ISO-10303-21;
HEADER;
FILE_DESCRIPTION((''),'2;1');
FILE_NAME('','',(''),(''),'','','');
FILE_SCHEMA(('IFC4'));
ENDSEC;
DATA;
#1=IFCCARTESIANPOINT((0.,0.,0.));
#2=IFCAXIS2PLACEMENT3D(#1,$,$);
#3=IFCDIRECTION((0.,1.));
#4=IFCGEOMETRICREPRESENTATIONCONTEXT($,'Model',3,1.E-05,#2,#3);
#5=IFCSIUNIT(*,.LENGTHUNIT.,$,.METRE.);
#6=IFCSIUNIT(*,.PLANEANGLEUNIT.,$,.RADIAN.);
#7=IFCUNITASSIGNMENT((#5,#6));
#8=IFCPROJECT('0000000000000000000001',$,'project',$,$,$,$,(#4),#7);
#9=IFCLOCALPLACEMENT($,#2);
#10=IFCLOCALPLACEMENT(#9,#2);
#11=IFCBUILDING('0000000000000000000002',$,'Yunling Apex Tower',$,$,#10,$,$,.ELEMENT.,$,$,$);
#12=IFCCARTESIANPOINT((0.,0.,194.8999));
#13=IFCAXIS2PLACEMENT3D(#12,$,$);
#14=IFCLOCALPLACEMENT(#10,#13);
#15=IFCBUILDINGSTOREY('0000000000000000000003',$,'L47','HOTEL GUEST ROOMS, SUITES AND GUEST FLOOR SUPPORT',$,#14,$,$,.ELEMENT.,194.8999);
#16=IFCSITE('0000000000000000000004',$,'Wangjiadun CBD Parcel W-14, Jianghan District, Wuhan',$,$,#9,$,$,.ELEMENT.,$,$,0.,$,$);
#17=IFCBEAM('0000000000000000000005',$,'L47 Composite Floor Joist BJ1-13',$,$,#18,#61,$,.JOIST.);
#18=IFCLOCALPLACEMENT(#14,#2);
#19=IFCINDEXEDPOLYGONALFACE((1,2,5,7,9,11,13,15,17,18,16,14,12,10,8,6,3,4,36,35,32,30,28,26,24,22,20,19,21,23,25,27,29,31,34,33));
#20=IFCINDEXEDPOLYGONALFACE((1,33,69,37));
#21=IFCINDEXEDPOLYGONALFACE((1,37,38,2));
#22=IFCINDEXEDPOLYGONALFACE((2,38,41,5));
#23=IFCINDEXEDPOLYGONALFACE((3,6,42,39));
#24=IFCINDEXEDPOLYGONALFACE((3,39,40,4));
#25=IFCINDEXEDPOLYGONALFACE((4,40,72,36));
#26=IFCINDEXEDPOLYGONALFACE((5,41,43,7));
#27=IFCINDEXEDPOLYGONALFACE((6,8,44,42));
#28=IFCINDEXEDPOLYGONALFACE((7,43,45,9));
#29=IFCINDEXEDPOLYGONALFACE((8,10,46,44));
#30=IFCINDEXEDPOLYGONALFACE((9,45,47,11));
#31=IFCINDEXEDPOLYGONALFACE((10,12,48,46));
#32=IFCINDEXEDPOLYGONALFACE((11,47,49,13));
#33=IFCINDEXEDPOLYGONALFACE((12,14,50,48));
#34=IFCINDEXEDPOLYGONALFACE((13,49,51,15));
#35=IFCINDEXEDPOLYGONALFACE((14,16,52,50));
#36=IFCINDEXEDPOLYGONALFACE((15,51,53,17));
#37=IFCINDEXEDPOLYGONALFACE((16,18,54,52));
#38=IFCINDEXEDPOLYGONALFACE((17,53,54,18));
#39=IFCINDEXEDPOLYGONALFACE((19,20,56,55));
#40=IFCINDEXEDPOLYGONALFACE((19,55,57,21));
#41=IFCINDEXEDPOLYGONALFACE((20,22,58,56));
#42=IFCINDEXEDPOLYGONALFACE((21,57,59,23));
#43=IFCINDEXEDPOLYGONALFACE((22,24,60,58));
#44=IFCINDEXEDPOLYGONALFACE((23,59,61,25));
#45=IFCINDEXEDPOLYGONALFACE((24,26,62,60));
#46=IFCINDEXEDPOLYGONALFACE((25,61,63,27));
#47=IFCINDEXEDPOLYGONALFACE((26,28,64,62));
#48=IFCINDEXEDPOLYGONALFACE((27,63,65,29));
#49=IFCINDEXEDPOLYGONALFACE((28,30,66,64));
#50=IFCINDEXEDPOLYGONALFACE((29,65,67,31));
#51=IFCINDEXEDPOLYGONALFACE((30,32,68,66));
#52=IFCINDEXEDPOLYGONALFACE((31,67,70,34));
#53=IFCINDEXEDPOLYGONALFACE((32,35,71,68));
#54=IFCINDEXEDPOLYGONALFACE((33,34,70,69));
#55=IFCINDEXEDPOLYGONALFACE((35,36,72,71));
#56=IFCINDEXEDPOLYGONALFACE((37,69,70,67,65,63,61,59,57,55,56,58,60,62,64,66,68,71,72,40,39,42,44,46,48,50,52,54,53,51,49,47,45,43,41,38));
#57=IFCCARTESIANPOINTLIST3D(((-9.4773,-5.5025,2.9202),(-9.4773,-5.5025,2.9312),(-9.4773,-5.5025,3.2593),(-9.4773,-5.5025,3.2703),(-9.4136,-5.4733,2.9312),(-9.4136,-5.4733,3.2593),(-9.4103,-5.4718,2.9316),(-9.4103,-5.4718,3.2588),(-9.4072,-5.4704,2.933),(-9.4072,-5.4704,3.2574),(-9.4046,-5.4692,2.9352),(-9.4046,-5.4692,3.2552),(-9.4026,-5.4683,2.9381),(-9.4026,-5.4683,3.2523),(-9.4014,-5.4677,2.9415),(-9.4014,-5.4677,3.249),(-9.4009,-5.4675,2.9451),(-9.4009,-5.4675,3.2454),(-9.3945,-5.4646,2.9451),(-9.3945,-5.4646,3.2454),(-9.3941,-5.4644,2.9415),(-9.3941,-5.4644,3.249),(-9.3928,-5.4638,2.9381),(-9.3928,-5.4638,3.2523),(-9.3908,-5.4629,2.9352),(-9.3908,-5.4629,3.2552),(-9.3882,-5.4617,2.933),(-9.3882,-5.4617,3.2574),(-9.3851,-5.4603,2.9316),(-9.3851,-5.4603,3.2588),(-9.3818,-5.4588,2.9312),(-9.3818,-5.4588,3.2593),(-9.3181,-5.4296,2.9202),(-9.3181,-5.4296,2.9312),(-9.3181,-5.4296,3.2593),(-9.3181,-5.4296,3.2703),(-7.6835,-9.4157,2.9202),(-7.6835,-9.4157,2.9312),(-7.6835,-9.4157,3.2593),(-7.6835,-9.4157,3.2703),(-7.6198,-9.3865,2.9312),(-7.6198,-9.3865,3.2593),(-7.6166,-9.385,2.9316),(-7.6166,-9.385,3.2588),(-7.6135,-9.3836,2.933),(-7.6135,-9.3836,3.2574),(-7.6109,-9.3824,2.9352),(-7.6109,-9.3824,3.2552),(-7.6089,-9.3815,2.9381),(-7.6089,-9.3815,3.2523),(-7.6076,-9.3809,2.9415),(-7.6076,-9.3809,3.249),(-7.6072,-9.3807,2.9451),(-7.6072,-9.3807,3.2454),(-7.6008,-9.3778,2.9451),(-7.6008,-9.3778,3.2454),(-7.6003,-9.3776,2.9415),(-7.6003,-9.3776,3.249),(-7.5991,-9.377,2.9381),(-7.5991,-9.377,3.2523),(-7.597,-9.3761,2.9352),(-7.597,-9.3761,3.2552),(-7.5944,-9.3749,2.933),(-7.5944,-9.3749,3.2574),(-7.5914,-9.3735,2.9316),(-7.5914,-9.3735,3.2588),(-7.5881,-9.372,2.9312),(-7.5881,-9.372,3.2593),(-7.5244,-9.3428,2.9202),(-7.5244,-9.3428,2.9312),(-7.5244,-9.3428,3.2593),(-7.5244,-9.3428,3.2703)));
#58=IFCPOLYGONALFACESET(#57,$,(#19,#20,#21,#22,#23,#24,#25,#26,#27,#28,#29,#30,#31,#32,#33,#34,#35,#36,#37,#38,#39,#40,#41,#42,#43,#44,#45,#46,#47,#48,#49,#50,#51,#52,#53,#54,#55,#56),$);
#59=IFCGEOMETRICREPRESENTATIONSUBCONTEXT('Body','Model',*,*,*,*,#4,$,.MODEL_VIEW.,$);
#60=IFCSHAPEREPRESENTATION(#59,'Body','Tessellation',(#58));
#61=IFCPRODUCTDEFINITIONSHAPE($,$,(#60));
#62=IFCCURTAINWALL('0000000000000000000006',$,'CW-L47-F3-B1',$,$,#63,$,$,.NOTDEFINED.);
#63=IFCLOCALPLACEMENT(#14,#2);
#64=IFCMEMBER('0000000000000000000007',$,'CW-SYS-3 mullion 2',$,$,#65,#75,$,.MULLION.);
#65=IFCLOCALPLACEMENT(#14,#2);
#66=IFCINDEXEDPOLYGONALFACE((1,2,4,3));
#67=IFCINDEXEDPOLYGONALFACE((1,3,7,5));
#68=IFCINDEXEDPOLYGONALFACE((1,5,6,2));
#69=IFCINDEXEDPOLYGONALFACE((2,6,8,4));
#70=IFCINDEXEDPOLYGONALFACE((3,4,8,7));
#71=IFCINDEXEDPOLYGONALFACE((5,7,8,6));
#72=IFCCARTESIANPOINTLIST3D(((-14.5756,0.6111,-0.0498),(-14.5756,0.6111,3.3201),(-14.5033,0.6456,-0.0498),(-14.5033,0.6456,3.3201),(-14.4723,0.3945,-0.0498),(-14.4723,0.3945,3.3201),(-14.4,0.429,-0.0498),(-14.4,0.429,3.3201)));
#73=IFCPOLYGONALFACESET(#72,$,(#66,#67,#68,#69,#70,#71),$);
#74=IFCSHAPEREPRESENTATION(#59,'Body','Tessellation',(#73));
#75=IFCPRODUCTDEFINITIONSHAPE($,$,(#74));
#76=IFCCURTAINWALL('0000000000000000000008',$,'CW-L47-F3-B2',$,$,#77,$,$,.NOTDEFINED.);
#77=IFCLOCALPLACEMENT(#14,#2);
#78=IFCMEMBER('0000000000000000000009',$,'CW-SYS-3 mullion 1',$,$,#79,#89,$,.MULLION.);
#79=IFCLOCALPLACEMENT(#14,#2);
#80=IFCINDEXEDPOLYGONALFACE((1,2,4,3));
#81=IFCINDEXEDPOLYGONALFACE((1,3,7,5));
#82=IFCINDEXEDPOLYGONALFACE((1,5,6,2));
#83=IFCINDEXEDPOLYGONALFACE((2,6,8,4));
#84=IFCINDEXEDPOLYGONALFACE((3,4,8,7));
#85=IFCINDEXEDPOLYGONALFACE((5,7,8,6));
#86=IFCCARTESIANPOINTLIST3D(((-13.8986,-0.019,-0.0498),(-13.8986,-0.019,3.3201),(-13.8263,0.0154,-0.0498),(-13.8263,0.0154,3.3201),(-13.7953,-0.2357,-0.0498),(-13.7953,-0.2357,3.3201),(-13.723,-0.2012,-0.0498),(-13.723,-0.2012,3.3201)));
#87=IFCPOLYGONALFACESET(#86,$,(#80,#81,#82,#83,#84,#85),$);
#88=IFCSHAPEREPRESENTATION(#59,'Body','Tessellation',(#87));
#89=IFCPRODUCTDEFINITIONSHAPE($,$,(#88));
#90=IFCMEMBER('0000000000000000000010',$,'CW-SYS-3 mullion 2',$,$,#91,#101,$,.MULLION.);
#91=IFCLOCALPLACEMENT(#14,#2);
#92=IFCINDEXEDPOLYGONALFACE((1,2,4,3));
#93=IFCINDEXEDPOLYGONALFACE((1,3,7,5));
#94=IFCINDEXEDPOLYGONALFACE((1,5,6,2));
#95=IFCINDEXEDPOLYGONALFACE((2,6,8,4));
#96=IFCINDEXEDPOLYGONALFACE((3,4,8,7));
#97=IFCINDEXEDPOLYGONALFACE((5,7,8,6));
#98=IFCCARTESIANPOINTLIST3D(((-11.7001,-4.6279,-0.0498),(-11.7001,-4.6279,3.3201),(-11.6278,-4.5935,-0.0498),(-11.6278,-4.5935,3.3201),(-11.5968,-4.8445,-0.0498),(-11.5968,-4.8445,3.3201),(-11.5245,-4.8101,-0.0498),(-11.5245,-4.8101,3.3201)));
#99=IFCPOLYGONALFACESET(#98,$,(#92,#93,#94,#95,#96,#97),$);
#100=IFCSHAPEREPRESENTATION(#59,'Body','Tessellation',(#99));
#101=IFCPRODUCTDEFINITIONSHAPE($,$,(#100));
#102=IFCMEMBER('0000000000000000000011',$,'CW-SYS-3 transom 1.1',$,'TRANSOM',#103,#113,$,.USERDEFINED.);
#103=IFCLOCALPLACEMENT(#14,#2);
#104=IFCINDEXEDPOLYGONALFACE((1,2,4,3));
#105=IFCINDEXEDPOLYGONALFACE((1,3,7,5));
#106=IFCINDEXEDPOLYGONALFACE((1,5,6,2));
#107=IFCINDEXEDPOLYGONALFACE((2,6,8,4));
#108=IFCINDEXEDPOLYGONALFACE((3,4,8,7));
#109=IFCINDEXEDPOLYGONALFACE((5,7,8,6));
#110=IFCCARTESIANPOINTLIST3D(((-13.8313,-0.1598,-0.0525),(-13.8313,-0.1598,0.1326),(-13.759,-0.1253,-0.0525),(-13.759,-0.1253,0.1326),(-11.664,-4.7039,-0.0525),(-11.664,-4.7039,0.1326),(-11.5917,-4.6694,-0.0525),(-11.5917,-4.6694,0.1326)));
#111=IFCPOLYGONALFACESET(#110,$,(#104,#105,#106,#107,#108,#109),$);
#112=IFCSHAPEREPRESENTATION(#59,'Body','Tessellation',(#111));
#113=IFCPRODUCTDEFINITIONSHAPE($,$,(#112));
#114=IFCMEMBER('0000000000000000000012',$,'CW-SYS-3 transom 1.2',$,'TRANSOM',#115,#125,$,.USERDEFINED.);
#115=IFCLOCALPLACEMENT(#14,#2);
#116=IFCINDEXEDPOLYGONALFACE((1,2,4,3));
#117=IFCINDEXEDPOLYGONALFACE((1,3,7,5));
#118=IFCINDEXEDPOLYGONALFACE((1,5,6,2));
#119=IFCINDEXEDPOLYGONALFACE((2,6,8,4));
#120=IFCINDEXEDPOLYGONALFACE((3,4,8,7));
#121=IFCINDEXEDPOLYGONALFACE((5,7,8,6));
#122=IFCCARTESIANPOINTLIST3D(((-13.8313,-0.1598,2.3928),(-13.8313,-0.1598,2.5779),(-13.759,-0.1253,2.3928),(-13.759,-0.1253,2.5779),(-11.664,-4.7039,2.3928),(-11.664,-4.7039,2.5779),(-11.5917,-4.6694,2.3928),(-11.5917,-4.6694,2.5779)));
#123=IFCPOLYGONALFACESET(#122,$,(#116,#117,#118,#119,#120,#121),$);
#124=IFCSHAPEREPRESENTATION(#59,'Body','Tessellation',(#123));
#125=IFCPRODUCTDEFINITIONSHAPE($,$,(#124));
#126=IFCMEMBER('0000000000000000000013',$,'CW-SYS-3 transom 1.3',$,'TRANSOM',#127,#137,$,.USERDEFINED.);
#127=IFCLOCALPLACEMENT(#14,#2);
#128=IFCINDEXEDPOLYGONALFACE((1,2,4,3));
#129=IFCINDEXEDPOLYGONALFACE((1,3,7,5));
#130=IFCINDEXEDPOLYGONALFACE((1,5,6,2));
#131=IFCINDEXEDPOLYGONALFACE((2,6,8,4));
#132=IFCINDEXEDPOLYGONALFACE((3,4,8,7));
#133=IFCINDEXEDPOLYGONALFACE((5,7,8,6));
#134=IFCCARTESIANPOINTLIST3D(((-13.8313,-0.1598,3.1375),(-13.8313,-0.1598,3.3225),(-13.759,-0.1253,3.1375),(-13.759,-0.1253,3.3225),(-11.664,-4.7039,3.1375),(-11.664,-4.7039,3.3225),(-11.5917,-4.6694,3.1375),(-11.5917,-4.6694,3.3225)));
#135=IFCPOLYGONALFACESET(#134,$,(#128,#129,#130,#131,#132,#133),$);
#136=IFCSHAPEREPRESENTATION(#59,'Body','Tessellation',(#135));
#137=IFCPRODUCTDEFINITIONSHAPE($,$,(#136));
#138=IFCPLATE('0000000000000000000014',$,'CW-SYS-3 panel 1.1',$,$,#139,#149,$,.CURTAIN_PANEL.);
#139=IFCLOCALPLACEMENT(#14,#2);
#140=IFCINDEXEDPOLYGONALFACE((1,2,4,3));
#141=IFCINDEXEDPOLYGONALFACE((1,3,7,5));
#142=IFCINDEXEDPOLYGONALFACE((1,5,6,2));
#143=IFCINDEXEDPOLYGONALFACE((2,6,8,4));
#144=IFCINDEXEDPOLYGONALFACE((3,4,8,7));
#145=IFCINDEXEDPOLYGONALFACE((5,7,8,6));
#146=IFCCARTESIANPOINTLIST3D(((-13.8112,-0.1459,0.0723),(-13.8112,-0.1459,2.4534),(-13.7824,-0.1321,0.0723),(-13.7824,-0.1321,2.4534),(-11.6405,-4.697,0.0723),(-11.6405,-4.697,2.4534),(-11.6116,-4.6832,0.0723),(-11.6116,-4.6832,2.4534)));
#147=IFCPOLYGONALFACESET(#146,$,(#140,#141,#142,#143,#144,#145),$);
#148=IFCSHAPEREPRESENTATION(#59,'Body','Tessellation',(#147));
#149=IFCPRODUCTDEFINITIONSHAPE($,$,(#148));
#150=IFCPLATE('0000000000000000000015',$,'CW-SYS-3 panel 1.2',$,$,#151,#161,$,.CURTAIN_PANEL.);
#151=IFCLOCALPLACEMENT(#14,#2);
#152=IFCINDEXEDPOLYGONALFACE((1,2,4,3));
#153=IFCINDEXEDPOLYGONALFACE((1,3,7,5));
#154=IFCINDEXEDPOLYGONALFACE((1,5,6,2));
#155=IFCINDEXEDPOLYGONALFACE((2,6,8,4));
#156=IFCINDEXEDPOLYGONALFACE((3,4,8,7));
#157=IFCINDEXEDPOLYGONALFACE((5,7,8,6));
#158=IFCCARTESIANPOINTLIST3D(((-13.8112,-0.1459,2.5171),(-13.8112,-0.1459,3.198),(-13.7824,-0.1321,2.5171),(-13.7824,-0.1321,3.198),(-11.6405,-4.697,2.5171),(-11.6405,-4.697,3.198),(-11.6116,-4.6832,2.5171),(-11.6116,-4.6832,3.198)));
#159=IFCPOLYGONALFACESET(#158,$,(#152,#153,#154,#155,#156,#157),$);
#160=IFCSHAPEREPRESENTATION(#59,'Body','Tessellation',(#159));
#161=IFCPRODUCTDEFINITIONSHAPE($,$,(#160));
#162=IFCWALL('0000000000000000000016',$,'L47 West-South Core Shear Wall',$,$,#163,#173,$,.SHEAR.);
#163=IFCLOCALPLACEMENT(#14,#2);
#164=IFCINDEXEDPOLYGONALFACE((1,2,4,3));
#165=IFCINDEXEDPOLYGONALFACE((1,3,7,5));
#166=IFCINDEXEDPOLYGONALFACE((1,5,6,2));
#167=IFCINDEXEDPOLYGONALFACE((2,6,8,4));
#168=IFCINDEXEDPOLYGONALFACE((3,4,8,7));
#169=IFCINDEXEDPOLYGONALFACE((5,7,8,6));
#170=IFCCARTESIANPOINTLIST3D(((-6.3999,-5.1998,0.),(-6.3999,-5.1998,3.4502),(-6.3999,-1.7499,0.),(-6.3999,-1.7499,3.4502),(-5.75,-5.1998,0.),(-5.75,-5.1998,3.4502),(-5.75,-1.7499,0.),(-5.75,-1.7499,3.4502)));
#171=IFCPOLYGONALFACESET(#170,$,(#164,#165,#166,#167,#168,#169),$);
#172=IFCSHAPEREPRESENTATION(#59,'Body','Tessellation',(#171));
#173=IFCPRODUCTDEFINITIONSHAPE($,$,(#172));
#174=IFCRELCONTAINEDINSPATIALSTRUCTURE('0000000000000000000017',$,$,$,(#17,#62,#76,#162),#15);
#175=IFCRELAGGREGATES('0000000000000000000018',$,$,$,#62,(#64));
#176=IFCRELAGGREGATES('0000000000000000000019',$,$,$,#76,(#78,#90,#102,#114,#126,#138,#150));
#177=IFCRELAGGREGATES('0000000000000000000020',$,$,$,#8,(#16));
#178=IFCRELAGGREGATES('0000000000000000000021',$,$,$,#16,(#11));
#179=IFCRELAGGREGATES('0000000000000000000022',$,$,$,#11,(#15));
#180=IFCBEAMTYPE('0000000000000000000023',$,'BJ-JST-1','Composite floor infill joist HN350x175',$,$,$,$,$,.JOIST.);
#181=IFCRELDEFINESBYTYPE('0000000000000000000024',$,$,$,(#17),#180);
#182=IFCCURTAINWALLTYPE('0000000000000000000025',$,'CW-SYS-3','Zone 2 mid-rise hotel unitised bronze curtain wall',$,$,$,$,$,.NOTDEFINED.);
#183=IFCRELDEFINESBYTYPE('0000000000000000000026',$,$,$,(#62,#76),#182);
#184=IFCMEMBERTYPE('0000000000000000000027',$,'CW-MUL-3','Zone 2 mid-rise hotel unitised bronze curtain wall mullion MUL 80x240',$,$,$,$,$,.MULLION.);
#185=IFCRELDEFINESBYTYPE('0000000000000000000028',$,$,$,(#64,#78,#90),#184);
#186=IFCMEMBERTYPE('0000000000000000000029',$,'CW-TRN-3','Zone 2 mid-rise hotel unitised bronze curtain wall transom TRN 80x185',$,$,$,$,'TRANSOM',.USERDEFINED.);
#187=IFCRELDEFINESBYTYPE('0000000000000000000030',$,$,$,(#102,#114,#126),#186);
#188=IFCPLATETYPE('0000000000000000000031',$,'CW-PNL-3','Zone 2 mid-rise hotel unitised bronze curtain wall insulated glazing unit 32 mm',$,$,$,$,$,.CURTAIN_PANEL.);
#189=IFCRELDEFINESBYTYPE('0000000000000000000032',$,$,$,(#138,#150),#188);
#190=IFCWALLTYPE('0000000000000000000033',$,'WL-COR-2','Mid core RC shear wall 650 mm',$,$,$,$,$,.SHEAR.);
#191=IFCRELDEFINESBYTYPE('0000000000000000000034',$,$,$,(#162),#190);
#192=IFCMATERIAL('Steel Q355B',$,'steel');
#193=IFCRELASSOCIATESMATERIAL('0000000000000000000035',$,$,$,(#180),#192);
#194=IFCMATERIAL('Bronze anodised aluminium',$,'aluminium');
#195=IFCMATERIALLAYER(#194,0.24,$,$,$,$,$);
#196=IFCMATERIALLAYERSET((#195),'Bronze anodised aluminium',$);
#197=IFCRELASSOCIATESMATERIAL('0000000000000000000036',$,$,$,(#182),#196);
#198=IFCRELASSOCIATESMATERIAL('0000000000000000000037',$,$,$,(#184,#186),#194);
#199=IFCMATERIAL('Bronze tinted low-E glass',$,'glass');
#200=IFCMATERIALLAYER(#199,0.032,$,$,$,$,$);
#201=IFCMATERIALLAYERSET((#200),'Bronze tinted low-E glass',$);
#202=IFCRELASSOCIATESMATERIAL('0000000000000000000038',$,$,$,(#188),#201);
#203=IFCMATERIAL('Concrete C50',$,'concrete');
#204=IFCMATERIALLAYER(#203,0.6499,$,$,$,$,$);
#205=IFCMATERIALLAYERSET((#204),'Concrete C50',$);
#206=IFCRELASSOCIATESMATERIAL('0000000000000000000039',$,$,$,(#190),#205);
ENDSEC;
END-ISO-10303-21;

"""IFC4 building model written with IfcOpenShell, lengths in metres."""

from ifc_helpers import new_model, si_unit, direction, frame, frame_2d, origin, origin_2d, place, context, subcontext, project, spatial, rectangle, i_section, extrude, source, transform, mapped, material, layer, layer_set, material_profile, profile_set, type_object, element, aggregate, save


model = new_model("IFC4")

# Units and contexts
model_context = context("Model", 3, precision=1e-05, world=origin(), true_north=direction((0.0, 1.0)))
body_context = subcontext(model_context, "Body", "Model", "MODEL_VIEW")
ifc_project = project(units=[si_unit("LENGTHUNIT", "METRE"), si_unit("PLANEANGLEUNIT", "RADIAN")], contexts=[model_context])

# Site, building, storey
site_placement = place(None, origin())
site = spatial("IfcSite", under=ifc_project, at=site_placement, Name="Wangjiadun CBD Parcel W-14, Jianghan District, Wuhan", CompositionType="ELEMENT", RefElevation=0.0)
building_placement = place(site_placement, origin())
building = spatial("IfcBuilding", under=site, at=building_placement, Name="Yunling Apex Tower", CompositionType="ELEMENT")
storey_placement = place(building_placement, frame((0.0, 0.0, 194.8999)))
storey = spatial("IfcBuildingStorey", under=building, at=storey_placement, Name="L47", Description="HOTEL GUEST ROOMS, SUITES AND GUEST FLOOR SUPPORT", CompositionType="ELEMENT", Elevation=194.8999)

# Beam
ifc_material_1 = material(Name="Steel Q355B", Category="steel")
ifc_material_profile_1 = material_profile(ifc_material_1, i_section(OverallWidth=0.175, OverallDepth=0.3501, WebThickness=0.0071, FlangeThickness=0.011, FilletRadius=0.0139, at=origin_2d()))
ifc_profile_set_1 = profile_set([ifc_material_profile_1], Name="Steel Q355B")
beam_type_1 = type_object("IfcBeamType", Name="BJ-JST-1", Description="Composite floor infill joist HN350x175", PredefinedType="JOIST", material=ifc_profile_set_1)
shared_shape_1 = source(origin(), body_context, "Body", "SweptSolid", [
    extrude(i_section(OverallWidth=0.175, OverallDepth=0.3501, WebThickness=0.0071, FlangeThickness=0.011, FilletRadius=0.0139, at=origin_2d()), origin(), (0.0, 0.0, 1.0), 4.3047),
])
beam_1_placement = place(storey_placement, frame((-9.3977, -5.4661, 3.0952), z_axis=(0.416694, -0.909047, 0.0), x_axis=(0.909047, 0.416694, 0.0)))
element("IfcBeam", 1, at=beam_1_placement, inside=storey, type_object=beam_type_1, Name="L47 Composite Floor Joist BJ1-13", PredefinedType="JOIST", context=body_context, shape_type="MappedRepresentation", body=[
    mapped(shared_shape_1, transform((0.0, 0.0, 0.0), scale=1.0)),
])

# Curtain wall, member
ifc_material_2 = material(Name="Bronze anodised aluminium", Category="aluminium")
ifc_layer_1 = layer(ifc_material_2, 0.24)
ifc_layer_set_1 = layer_set([ifc_layer_1], Name="Bronze anodised aluminium")
curtain_wall_type = type_object("IfcCurtainWallType", Name="CW-SYS-3", Description="Zone 2 mid-rise hotel unitised bronze curtain wall", PredefinedType="NOTDEFINED", material=ifc_layer_set_1)
curtain_wall_1_placement = place(storey_placement, origin())
curtain_wall_1 = element("IfcCurtainWall", 2, at=curtain_wall_1_placement, inside=storey, type_object=curtain_wall_type, Name="CW-L47-F3-B1", PredefinedType="NOTDEFINED")
ifc_material_profile_2 = material_profile(ifc_material_2, rectangle(XDim=0.0801, YDim=0.24, at=origin_2d()))
ifc_profile_set_2 = profile_set([ifc_material_profile_2], Name="Bronze anodised aluminium")
member_type_1 = type_object("IfcMemberType", Name="CW-MUL-3", Description="Zone 2 mid-rise hotel unitised bronze curtain wall mullion MUL 80x240", PredefinedType="MULLION", material=ifc_profile_set_2)
shared_shape_2 = source(origin(), body_context, "Body", "SweptSolid", [
    extrude(rectangle(XDim=0.0801, YDim=0.24, at=origin_2d()), origin(), (0.0, 0.0, 1.0), 3.3699),
])
member_1_placement = place(storey_placement, frame((-14.4878, 0.52, -0.0498), z_axis=(0.0, 0.0, 1.0), x_axis=(0.902582, 0.430518, 0.0)))
member_1 = element("IfcMember", 3, at=member_1_placement, type_object=member_type_1, Name="CW-SYS-3 mullion 2", PredefinedType="MULLION", context=body_context, shape_type="MappedRepresentation", body=[
    mapped(shared_shape_2, transform((0.0, 0.0, 0.0), scale=1.0)),
])
aggregate(curtain_wall_1, [member_1])

# Curtain wall, members, plates
curtain_wall_2_placement = place(storey_placement, origin())
curtain_wall_2 = element("IfcCurtainWall", 4, at=curtain_wall_2_placement, inside=storey, type_object=curtain_wall_type, Name="CW-L47-F3-B2", PredefinedType="NOTDEFINED")
member_2_placement = place(storey_placement, frame((-13.8108, -0.1101, -0.0498), z_axis=(0.0, 0.0, 1.0), x_axis=(0.902583, 0.430516, 0.0)))
member_2 = element("IfcMember", 5, at=member_2_placement, type_object=member_type_1, Name="CW-SYS-3 mullion 1", PredefinedType="MULLION", context=body_context, shape_type="MappedRepresentation", body=[
    mapped(shared_shape_2, transform((0.0, 0.0, 0.0), scale=1.0)),
])
member_3_placement = place(storey_placement, frame((-11.6123, -4.719, -0.0498), z_axis=(0.0, 0.0, 1.0), x_axis=(0.902583, 0.430516, 0.0)))
member_3 = element("IfcMember", 6, at=member_3_placement, type_object=member_type_1, Name="CW-SYS-3 mullion 2", PredefinedType="MULLION", context=body_context, shape_type="MappedRepresentation", body=[
    mapped(shared_shape_2, transform((0.0, 0.0, 0.0), scale=1.0)),
])
ifc_material_profile_3 = material_profile(ifc_material_2, rectangle(XDim=0.0801, YDim=0.1851, at=origin_2d()))
ifc_profile_set_3 = profile_set([ifc_material_profile_3], Name="Bronze anodised aluminium")
member_type_2 = type_object("IfcMemberType", Name="CW-TRN-3", Description="Zone 2 mid-rise hotel unitised bronze curtain wall transom TRN 80x185", ElementType="TRANSOM", PredefinedType="USERDEFINED", material=ifc_profile_set_3)
shared_shape_3 = source(origin(), body_context, "Body", "SweptSolid", [
    extrude(rectangle(XDim=0.0801, YDim=0.1851, at=origin_2d()), origin(), (0.0, 0.0, 1.0), 5.0344),
])
member_4_placement = place(storey_placement, frame((-13.7952, -0.1426, 0.04), z_axis=(0.430493, -0.902594, 0.0), x_axis=(0.902594, 0.430493, 0.0)))
member_4 = element("IfcMember", 7, at=member_4_placement, type_object=member_type_2, Name="CW-SYS-3 transom 1.1", ObjectType="TRANSOM", PredefinedType="USERDEFINED", context=body_context, shape_type="MappedRepresentation", body=[
    mapped(shared_shape_3, transform((0.0, 0.0, 0.0), scale=1.0)),
])
member_5_placement = place(storey_placement, frame((-13.7952, -0.1426, 2.4854), z_axis=(0.430493, -0.902594, 0.0), x_axis=(0.902594, 0.430493, 0.0)))
member_5 = element("IfcMember", 8, at=member_5_placement, type_object=member_type_2, Name="CW-SYS-3 transom 1.2", ObjectType="TRANSOM", PredefinedType="USERDEFINED", context=body_context, shape_type="MappedRepresentation", body=[
    mapped(shared_shape_3, transform((0.0, 0.0, 0.0), scale=1.0)),
])
member_6_placement = place(storey_placement, frame((-13.7952, -0.1426, 3.23), z_axis=(0.430493, -0.902594, 0.0), x_axis=(0.902594, 0.430493, 0.0)))
member_6 = element("IfcMember", 9, at=member_6_placement, type_object=member_type_2, Name="CW-SYS-3 transom 1.3", ObjectType="TRANSOM", PredefinedType="USERDEFINED", context=body_context, shape_type="MappedRepresentation", body=[
    mapped(shared_shape_3, transform((0.0, 0.0, 0.0), scale=1.0)),
])
ifc_material_3 = material(Name="Bronze tinted low-E glass", Category="glass")
ifc_layer_2 = layer(ifc_material_3, 0.032)
ifc_layer_set_2 = layer_set([ifc_layer_2], Name="Bronze tinted low-E glass")
plate_type = type_object("IfcPlateType", Name="CW-PNL-3", Description="Zone 2 mid-rise hotel unitised bronze curtain wall insulated glazing unit 32 mm", PredefinedType="CURTAIN_PANEL", material=ifc_layer_set_2)
shared_shape_4 = source(origin(), body_context, "Body", "SweptSolid", [
    extrude(rectangle(XDim=5.0422, YDim=0.032, at=origin_2d()), origin(), (0.0, 0.0, 1.0), 2.3811),
])
plate_1_placement = place(storey_placement, frame((-12.7114, -2.4146, 0.0723), z_axis=(0.0, 0.0, 1.0), x_axis=(0.430516, -0.902583, 0.0)))
plate_1 = element("IfcPlate", 10, at=plate_1_placement, type_object=plate_type, Name="CW-SYS-3 panel 1.1", PredefinedType="CURTAIN_PANEL", context=body_context, shape_type="MappedRepresentation", body=[
    mapped(shared_shape_4, transform((0.0, 0.0, 0.0), scale=1.0)),
])
shared_shape_5 = source(origin(), body_context, "Body", "SweptSolid", [
    extrude(rectangle(XDim=5.0422, YDim=0.032, at=origin_2d()), origin(), (0.0, 0.0, 1.0), 0.6809),
])
plate_2_placement = place(storey_placement, frame((-12.7114, -2.4146, 2.5171), z_axis=(0.0, 0.0, 1.0), x_axis=(0.430516, -0.902583, 0.0)))
plate_2 = element("IfcPlate", 11, at=plate_2_placement, type_object=plate_type, Name="CW-SYS-3 panel 1.2", PredefinedType="CURTAIN_PANEL", context=body_context, shape_type="MappedRepresentation", body=[
    mapped(shared_shape_5, transform((0.0, 0.0, 0.0), scale=1.0)),
])
aggregate(curtain_wall_2, [member_2, member_3, member_4, member_5, member_6, plate_1, plate_2])

# Wall
ifc_material_4 = material(Name="Concrete C50", Category="concrete")
ifc_layer_3 = layer(ifc_material_4, 0.6499)
ifc_layer_set_3 = layer_set([ifc_layer_3], Name="Concrete C50")
wall_type_1 = type_object("IfcWallType", Name="WL-COR-2", Description="Mid core RC shear wall 650 mm", PredefinedType="SHEAR", material=ifc_layer_set_3)
wall_1_placement = place(storey_placement, frame((-6.075, -5.2, 0.0), z_axis=(0.0, 0.0, 1.0), x_axis=(0.0, 1.0, 0.0)))
element("IfcWall", 12, at=wall_1_placement, inside=storey, type_object=wall_type_1, Name="L47 West-South Core Shear Wall", PredefinedType="SHEAR", context=body_context, shape_type="SweptSolid", body=[
    extrude(rectangle(XDim=3.45, YDim=0.6499, at=frame_2d((1.7251, 0.0))), origin(), (0.0, 0.0, 1.0), 3.4502),
])

save(model, "model.ifc")
